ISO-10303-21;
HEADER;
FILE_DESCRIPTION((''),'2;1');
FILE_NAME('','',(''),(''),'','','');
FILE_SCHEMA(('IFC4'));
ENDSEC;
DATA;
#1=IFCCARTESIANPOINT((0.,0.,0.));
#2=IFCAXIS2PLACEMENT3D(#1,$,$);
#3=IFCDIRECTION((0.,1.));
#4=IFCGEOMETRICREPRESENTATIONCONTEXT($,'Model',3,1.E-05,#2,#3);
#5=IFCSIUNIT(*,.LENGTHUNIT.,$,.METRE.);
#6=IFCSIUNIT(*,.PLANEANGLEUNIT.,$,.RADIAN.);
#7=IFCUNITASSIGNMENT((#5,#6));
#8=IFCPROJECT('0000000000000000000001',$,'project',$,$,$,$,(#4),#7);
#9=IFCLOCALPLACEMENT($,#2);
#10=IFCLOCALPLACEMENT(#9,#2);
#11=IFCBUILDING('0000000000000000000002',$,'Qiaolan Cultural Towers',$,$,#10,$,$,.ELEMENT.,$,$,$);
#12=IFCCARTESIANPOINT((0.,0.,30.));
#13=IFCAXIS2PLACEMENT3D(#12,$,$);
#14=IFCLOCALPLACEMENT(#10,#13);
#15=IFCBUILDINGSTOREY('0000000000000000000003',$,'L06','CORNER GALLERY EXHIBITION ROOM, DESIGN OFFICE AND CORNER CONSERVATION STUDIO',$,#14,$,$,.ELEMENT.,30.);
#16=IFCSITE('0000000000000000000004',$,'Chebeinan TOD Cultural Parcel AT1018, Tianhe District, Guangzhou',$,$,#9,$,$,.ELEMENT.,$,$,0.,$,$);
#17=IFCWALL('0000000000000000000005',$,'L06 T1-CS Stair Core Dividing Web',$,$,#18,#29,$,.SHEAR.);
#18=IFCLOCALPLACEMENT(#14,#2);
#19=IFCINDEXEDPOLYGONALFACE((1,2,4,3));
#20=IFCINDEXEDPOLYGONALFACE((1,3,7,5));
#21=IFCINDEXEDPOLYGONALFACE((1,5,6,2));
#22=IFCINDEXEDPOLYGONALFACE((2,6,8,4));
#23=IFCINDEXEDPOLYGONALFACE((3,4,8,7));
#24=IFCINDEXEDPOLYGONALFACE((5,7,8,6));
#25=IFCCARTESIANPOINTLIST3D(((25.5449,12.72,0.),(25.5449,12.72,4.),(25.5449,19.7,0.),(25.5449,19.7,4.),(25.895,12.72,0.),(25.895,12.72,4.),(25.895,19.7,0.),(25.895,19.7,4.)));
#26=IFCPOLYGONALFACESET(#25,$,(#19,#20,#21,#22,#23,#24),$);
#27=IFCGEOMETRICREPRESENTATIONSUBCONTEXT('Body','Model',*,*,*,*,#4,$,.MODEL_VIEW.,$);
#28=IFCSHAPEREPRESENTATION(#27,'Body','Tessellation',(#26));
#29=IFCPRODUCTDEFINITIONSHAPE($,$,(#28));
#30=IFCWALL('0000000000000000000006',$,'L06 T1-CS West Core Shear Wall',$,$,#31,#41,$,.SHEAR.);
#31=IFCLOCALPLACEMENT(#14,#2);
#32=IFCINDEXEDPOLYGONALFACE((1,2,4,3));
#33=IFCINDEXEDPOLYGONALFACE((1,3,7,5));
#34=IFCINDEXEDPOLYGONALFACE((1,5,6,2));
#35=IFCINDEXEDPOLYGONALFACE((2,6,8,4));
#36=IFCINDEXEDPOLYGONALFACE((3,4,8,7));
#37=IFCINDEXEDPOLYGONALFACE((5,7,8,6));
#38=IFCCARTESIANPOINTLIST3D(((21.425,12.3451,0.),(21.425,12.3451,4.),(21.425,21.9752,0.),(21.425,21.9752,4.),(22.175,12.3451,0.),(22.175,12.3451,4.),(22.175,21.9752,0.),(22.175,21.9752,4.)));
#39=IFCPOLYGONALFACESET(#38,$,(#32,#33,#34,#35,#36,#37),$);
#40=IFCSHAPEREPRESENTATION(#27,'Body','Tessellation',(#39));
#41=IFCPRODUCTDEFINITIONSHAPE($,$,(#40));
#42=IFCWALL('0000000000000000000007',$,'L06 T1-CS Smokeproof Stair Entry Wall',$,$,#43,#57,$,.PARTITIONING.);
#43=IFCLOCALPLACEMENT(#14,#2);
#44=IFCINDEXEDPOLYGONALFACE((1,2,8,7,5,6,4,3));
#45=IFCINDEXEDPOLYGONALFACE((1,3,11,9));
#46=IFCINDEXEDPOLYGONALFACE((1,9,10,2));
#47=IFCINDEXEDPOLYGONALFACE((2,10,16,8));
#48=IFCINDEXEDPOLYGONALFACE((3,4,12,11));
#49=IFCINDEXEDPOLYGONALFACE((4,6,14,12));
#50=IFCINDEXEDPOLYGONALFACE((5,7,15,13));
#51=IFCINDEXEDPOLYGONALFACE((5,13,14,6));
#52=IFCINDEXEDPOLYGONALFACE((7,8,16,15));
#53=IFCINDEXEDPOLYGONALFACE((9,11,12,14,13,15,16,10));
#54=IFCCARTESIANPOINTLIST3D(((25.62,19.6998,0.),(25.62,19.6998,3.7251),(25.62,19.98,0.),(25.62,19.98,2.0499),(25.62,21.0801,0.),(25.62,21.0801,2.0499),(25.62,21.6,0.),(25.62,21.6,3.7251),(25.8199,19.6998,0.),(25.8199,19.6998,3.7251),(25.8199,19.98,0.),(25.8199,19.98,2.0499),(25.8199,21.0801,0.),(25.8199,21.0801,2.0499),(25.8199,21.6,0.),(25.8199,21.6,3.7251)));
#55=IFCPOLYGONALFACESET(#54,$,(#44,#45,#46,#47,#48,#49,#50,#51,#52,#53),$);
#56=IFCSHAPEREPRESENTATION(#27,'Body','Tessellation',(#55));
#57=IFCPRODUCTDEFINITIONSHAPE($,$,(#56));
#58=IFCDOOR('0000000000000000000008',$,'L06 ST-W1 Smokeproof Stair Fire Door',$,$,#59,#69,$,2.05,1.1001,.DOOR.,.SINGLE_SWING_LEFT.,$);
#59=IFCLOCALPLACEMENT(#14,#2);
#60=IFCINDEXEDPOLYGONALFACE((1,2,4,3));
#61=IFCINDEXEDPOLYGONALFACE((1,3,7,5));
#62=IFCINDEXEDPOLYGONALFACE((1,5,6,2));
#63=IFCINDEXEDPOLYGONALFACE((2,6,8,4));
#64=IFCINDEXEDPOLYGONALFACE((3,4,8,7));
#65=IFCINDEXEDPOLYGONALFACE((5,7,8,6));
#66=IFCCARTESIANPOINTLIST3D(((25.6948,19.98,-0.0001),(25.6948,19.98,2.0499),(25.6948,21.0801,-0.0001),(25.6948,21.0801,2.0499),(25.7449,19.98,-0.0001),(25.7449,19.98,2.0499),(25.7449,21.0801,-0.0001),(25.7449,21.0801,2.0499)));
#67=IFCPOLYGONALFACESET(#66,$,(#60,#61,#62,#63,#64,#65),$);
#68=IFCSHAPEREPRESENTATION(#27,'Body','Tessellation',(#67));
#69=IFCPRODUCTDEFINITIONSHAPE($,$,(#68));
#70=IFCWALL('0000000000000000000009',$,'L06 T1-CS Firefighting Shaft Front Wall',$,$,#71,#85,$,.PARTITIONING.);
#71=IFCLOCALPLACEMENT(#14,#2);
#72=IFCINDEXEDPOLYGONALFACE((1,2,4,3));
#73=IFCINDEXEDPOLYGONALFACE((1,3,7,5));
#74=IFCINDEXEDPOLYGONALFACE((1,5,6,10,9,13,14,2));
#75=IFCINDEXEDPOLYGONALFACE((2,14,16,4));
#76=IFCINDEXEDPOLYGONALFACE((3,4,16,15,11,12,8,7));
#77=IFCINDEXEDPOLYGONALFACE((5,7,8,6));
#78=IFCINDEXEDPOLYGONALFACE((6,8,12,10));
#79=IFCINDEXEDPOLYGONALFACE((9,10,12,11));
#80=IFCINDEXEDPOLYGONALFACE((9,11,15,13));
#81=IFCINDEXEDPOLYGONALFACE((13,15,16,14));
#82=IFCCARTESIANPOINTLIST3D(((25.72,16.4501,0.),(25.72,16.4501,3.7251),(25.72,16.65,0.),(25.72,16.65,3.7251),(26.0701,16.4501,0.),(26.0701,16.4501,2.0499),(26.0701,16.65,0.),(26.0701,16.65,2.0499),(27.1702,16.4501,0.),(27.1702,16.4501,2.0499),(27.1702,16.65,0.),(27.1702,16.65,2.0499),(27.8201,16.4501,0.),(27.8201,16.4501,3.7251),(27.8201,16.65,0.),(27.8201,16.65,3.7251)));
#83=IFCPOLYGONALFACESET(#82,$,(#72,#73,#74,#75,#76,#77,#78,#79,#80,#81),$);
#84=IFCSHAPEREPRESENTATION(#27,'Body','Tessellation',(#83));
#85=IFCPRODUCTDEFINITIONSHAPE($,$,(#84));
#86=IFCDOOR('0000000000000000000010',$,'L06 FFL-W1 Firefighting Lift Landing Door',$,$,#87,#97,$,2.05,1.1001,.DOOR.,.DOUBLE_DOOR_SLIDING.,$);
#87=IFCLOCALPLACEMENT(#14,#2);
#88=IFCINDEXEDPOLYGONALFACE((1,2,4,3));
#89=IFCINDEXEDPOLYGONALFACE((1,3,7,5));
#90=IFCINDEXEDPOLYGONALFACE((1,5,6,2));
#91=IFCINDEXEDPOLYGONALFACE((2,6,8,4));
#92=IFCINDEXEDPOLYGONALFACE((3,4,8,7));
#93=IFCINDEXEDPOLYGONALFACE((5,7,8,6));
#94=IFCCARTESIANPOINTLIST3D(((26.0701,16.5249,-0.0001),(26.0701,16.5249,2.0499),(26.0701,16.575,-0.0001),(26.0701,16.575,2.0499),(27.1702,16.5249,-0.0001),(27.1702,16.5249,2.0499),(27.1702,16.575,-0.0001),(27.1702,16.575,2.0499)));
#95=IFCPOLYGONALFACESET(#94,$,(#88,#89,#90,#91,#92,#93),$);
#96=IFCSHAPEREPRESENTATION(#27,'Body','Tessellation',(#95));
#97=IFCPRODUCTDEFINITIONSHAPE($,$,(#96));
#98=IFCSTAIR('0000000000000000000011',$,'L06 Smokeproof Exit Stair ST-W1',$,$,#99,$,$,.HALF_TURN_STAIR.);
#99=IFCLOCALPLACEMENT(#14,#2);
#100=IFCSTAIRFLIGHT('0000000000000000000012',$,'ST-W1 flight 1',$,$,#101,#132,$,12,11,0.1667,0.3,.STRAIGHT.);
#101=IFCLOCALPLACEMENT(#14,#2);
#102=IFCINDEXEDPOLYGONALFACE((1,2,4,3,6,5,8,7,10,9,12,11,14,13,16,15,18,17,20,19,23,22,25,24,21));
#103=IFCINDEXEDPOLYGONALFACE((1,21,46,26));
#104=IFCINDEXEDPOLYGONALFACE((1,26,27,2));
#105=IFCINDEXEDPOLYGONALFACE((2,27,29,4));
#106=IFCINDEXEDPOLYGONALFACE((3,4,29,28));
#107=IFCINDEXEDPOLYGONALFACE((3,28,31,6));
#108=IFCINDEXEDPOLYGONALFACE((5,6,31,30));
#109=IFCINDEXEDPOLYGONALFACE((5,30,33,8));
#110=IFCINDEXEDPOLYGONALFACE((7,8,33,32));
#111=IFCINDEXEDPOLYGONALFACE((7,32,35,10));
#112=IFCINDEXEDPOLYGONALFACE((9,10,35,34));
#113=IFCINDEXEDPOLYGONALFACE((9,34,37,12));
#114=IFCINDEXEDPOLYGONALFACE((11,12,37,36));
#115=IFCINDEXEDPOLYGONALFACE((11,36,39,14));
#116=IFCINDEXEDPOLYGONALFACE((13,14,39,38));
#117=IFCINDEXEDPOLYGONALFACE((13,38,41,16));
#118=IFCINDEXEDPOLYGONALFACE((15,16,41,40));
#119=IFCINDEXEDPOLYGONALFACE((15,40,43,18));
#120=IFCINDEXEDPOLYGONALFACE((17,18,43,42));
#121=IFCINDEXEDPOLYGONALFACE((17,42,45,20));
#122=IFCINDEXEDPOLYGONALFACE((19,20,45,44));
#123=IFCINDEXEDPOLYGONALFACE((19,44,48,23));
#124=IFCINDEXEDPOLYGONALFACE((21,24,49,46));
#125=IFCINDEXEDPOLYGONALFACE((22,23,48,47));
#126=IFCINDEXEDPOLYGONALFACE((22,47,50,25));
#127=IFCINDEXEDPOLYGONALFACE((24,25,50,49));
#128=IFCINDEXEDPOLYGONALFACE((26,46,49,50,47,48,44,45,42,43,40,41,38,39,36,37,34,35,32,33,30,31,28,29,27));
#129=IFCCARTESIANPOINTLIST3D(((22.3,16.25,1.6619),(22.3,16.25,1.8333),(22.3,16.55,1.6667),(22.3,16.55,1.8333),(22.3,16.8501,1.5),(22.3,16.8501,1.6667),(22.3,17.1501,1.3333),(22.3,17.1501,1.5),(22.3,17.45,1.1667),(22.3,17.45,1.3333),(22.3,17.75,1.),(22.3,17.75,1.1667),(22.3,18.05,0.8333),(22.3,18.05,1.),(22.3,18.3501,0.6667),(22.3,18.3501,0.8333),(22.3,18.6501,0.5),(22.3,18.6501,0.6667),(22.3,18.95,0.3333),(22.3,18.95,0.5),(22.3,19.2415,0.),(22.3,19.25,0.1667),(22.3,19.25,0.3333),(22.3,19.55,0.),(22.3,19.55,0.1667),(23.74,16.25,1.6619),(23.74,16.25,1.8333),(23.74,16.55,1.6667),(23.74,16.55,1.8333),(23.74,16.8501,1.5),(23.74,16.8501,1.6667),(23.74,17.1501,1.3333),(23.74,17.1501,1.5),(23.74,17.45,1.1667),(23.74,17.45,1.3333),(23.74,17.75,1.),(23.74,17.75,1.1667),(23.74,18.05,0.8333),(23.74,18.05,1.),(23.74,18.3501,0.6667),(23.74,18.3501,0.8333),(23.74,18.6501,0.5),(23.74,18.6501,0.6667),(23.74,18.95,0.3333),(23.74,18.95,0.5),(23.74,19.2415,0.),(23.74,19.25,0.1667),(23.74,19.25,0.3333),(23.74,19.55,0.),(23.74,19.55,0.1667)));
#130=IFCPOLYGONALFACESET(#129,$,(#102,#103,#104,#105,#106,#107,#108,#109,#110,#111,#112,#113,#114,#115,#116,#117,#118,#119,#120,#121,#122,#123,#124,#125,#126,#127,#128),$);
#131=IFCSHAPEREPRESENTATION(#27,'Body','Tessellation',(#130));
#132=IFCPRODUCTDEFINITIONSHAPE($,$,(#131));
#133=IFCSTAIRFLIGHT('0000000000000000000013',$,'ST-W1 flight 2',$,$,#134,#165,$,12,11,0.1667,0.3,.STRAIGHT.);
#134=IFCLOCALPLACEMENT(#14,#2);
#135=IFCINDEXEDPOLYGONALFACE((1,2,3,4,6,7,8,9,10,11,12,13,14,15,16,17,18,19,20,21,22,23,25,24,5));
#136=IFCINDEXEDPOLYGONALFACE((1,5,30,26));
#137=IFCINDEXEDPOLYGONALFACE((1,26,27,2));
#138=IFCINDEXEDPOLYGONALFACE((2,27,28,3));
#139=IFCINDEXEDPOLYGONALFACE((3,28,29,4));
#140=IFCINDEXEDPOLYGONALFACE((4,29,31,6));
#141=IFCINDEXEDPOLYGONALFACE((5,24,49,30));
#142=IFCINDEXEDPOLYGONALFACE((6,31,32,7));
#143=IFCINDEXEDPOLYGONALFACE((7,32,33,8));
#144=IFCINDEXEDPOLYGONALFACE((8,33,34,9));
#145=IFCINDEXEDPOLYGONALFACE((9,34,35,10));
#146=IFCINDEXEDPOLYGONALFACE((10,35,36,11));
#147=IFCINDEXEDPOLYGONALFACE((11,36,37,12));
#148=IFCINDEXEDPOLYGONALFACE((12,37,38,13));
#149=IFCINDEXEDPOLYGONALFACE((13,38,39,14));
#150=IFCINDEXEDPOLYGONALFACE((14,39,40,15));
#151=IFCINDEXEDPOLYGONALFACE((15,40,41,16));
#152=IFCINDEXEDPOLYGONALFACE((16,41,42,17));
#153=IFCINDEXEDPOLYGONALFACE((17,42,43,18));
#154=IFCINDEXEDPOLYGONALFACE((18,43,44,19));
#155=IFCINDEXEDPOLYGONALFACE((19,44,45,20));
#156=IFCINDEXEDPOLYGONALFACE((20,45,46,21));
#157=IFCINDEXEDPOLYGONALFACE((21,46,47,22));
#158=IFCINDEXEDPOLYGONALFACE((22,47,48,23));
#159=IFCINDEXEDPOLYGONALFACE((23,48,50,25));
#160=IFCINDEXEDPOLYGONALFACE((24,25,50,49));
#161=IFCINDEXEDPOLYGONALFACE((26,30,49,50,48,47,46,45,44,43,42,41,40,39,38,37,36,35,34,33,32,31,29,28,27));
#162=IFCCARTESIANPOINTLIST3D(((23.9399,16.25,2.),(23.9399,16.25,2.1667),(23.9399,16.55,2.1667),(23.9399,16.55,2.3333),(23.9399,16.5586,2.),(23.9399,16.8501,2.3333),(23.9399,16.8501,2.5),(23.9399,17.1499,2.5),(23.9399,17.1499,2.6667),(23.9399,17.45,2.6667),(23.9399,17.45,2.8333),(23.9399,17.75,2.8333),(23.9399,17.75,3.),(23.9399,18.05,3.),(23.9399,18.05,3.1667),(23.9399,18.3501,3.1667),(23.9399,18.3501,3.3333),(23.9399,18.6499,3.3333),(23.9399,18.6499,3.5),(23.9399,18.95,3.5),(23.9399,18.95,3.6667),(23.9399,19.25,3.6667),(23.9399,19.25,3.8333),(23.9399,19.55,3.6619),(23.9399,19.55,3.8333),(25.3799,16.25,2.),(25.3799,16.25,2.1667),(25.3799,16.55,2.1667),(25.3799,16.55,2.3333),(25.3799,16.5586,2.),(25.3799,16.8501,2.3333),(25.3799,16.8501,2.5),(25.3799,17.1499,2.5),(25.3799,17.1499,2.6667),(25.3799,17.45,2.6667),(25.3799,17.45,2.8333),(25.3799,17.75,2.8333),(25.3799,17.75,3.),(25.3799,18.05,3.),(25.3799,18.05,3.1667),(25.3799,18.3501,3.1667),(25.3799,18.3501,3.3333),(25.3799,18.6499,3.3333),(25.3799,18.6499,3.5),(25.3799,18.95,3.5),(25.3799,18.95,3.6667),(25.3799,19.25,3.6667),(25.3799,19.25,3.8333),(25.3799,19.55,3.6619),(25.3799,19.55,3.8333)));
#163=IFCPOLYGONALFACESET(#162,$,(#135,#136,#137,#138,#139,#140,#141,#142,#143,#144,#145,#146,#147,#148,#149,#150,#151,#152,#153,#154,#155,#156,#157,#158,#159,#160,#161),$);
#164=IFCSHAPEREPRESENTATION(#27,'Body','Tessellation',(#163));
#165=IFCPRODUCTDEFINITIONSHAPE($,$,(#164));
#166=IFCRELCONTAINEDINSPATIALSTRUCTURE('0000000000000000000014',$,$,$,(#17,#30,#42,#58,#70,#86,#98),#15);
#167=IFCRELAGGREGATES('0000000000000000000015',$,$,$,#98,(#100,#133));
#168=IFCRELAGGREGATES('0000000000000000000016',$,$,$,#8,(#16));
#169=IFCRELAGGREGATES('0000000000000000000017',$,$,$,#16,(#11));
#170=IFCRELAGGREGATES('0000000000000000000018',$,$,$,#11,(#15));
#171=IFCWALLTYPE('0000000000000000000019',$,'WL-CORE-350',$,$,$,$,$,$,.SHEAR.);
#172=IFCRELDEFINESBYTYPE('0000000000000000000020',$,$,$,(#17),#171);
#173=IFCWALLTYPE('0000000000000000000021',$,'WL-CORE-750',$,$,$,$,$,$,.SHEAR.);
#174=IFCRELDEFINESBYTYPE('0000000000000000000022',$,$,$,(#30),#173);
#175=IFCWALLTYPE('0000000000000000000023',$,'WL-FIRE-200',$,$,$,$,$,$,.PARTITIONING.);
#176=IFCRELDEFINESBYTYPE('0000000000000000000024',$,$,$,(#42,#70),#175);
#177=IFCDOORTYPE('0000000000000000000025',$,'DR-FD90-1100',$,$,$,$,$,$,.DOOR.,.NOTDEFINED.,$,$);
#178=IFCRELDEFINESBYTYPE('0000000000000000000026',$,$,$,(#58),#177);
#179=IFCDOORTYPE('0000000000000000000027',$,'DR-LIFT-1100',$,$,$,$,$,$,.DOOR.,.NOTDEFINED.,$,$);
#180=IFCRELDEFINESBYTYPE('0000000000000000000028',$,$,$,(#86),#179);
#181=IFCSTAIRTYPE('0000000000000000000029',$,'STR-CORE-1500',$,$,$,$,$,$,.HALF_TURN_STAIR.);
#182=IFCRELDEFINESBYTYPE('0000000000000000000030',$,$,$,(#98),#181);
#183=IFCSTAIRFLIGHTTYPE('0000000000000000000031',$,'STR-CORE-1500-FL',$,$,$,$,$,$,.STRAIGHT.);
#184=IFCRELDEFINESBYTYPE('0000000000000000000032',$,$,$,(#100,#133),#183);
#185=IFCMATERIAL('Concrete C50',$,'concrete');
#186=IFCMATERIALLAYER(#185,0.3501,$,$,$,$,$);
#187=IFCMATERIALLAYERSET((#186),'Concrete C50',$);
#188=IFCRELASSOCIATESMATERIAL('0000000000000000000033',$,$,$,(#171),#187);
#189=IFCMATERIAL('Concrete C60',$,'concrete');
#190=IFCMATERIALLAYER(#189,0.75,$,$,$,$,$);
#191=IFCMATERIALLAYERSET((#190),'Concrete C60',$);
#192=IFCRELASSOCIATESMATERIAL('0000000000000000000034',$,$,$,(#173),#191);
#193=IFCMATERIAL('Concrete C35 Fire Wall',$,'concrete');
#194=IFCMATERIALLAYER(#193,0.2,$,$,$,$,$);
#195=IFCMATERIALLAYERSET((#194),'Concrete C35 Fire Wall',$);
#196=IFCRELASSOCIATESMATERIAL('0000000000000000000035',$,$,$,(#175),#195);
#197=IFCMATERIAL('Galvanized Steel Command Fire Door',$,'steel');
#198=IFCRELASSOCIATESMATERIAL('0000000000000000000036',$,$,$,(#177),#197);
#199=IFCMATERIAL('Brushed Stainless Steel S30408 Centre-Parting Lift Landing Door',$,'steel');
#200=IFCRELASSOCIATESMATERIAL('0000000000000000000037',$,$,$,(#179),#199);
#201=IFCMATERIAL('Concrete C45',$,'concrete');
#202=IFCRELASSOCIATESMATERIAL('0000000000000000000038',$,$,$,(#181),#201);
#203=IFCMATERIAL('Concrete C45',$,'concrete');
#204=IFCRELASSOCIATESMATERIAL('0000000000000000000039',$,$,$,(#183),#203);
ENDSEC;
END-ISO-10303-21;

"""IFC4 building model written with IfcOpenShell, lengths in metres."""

from ifc_helpers import new_model, si_unit, direction, frame, frame_2d, origin, place, context, subcontext, project, spatial, polyline, rectangle, outline, extrude, material, layer, layer_set, type_object, element, fill, aggregate, save


model = new_model("IFC4")

# Units and contexts
model_context = context("Model", 3, precision=1e-05, world=origin(), true_north=direction((0.0, 1.0)))
body_context = subcontext(model_context, "Body", "Model", "MODEL_VIEW")
ifc_project = project(units=[si_unit("LENGTHUNIT", "METRE"), si_unit("PLANEANGLEUNIT", "RADIAN")], contexts=[model_context])

# Site, building, storey
site_placement = place(None, origin())
site = spatial("IfcSite", under=ifc_project, at=site_placement, Name="Chebeinan TOD Cultural Parcel AT1018, Tianhe District, Guangzhou", CompositionType="ELEMENT", RefElevation=0.0)
building_placement = place(site_placement, origin())
building = spatial("IfcBuilding", under=site, at=building_placement, Name="Qiaolan Cultural Towers", CompositionType="ELEMENT")
storey_placement = place(building_placement, frame((0.0, 0.0, 30.0)))
storey = spatial("IfcBuildingStorey", under=building, at=storey_placement, Name="L06", Description="CORNER GALLERY EXHIBITION ROOM, DESIGN OFFICE AND CORNER CONSERVATION STUDIO", CompositionType="ELEMENT", Elevation=30.0)

# Walls
ifc_material_1 = material(Name="Concrete C50", Category="concrete")
ifc_layer_1 = layer(ifc_material_1, 0.3501)
ifc_layer_set_1 = layer_set([ifc_layer_1], Name="Concrete C50")
wall_type_1 = type_object("IfcWallType", Name="WL-CORE-350", PredefinedType="SHEAR", material=ifc_layer_set_1)
wall_1_placement = place(storey_placement, frame((25.72, 19.7, 0.0), z_axis=(0.0, 0.0, 1.0), x_axis=(0.0, -1.0, 0.0)))
element("IfcWall", 1, at=wall_1_placement, inside=storey, type_object=wall_type_1, Name="L06 T1-CS Stair Core Dividing Web", PredefinedType="SHEAR", context=body_context, shape_type="SweptSolid", body=[
    extrude(rectangle(XDim=6.98, YDim=0.3501, at=frame_2d((3.49, 0.0))), origin(), (0.0, 0.0, 1.0), 4.0),
])
ifc_material_2 = material(Name="Concrete C60", Category="concrete")
ifc_layer_2 = layer(ifc_material_2, 0.75)
ifc_layer_set_2 = layer_set([ifc_layer_2], Name="Concrete C60")
wall_type_2 = type_object("IfcWallType", Name="WL-CORE-750", PredefinedType="SHEAR", material=ifc_layer_set_2)
wall_2_placement = place(storey_placement, frame((21.8, 21.9751, 0.0), z_axis=(0.0, 0.0, 1.0), x_axis=(0.0, -1.0, 0.0)))
element("IfcWall", 2, at=wall_2_placement, inside=storey, type_object=wall_type_2, Name="L06 T1-CS West Core Shear Wall", PredefinedType="SHEAR", context=body_context, shape_type="SweptSolid", body=[
    extrude(rectangle(XDim=9.6301, YDim=0.75, at=frame_2d((4.8149, 0.0))), origin(), (0.0, 0.0, 1.0), 4.0),
])

# Walls, openings, doors
ifc_material_3 = material(Name="Concrete C35 Fire Wall", Category="concrete")
ifc_layer_3 = layer(ifc_material_3, 0.2)
ifc_layer_set_3 = layer_set([ifc_layer_3], Name="Concrete C35 Fire Wall")
wall_type_3 = type_object("IfcWallType", Name="WL-FIRE-200", PredefinedType="PARTITIONING", material=ifc_layer_set_3)
wall_3_placement = place(storey_placement, frame((25.72, 21.6001, 0.0), z_axis=(0.0, 0.0, 1.0), x_axis=(0.0, -1.0, 0.0)))
wall_3 = element("IfcWall", 3, at=wall_3_placement, inside=storey, type_object=wall_type_3, Name="L06 T1-CS Smokeproof Stair Entry Wall", PredefinedType="PARTITIONING", context=body_context, shape_type="SweptSolid", body=[
    extrude(rectangle(XDim=1.9001, YDim=0.2, at=frame_2d((0.9502, 0.0))), origin(), (0.0, 0.0, 1.0), 3.7251),
])
opening_1_placement = place(wall_3_placement, frame((0.52, 0.0, 0.0)))
opening_1 = element("IfcOpeningElement", 4, at=opening_1_placement, cuts=wall_3, PredefinedType="OPENING", context=body_context, shape_type="SweptSolid", body=[
    extrude(rectangle(XDim=1.1001, YDim=2.05, at=frame_2d((0.55, 1.0249))), frame((0.0, 0.1099, 0.0), z_axis=(0.0, -1.0, 0.0), x_axis=(1.0, 0.0, 0.0)), (0.0, 0.0, 1.0), 0.22),
])
ifc_material_4 = material(Name="Galvanized Steel Command Fire Door", Category="steel")
door_type_1 = type_object("IfcDoorType", Name="DR-FD90-1100", OperationType="NOTDEFINED", PredefinedType="DOOR", material=ifc_material_4)
door_1_placement = place(opening_1_placement, origin())
door_1 = element("IfcDoor", 5, at=door_1_placement, inside=storey, type_object=door_type_1, Name="L06 ST-W1 Smokeproof Stair Fire Door", OperationType="SINGLE_SWING_LEFT", OverallHeight=2.05, OverallWidth=1.1001, PredefinedType="DOOR", context=body_context, shape_type="SweptSolid", body=[
    extrude(rectangle(XDim=1.1001, YDim=2.05, at=frame_2d((0.55, 1.0249))), frame((0.0, 0.0249, 0.0), z_axis=(0.0, -1.0, 0.0), x_axis=(1.0, 0.0, 0.0)), (0.0, 0.0, 1.0), 0.05),
])
fill(opening_1, door_1)
wall_4_placement = place(storey_placement, frame((25.72, 16.55, 0.0), z_axis=(0.0, 0.0, 1.0), x_axis=(1.0, 0.0, 0.0)))
wall_4 = element("IfcWall", 6, at=wall_4_placement, inside=storey, type_object=wall_type_3, Name="L06 T1-CS Firefighting Shaft Front Wall", PredefinedType="PARTITIONING", context=body_context, shape_type="SweptSolid", body=[
    extrude(rectangle(XDim=2.1001, YDim=0.2, at=frame_2d((1.05, 0.0))), origin(), (0.0, 0.0, 1.0), 3.7251),
])
opening_2_placement = place(wall_4_placement, frame((0.3501, 0.0, 0.0)))
opening_2 = element("IfcOpeningElement", 7, at=opening_2_placement, cuts=wall_4, PredefinedType="OPENING", context=body_context, shape_type="SweptSolid", body=[
    extrude(rectangle(XDim=1.1001, YDim=2.05, at=frame_2d((0.55, 1.0249))), frame((0.0, 0.1099, 0.0), z_axis=(0.0, -1.0, 0.0), x_axis=(1.0, 0.0, 0.0)), (0.0, 0.0, 1.0), 0.22),
])
ifc_material_5 = material(Name="Brushed Stainless Steel S30408 Centre-Parting Lift Landing Door", Category="steel")
door_type_2 = type_object("IfcDoorType", Name="DR-LIFT-1100", OperationType="NOTDEFINED", PredefinedType="DOOR", material=ifc_material_5)
door_2_placement = place(opening_2_placement, origin())
door_2 = element("IfcDoor", 8, at=door_2_placement, inside=storey, type_object=door_type_2, Name="L06 FFL-W1 Firefighting Lift Landing Door", OperationType="DOUBLE_DOOR_SLIDING", OverallHeight=2.05, OverallWidth=1.1001, PredefinedType="DOOR", context=body_context, shape_type="SweptSolid", body=[
    extrude(rectangle(XDim=1.1001, YDim=2.05, at=frame_2d((0.55, 1.0249))), frame((0.0, 0.0249, 0.0), z_axis=(0.0, -1.0, 0.0), x_axis=(1.0, 0.0, 0.0)), (0.0, 0.0, 1.0), 0.05),
])
fill(opening_2, door_2)

# Stair, stair flights
ifc_material_6 = material(Name="Concrete C45", Category="concrete")
stair_type = type_object("IfcStairType", Name="STR-CORE-1500", PredefinedType="HALF_TURN_STAIR", material=ifc_material_6)
stair_placement = place(storey_placement, origin())
stair = element("IfcStair", 9, at=stair_placement, inside=storey, type_object=stair_type, Name="L06 Smokeproof Exit Stair ST-W1", PredefinedType="HALF_TURN_STAIR")
ifc_material_7 = material(Name="Concrete C45", Category="concrete")
stair_flight_type = type_object("IfcStairFlightType", Name="STR-CORE-1500-FL", PredefinedType="STRAIGHT", material=ifc_material_7)
stair_flight_1_placement = place(storey_placement, frame((23.02, 19.55, 0.0), z_axis=(0.0, 0.0, 1.0), x_axis=(0.0, -1.0, 0.0)))
stair_flight_1 = element("IfcStairFlight", 10, at=stair_flight_1_placement, type_object=stair_flight_type, Name="ST-W1 flight 1", NumberOfRisers=12, NumberOfTreads=11, PredefinedType="STRAIGHT", RiserHeight=0.1667, TreadLength=0.3, context=body_context, shape_type="SweptSolid", body=[
    extrude(outline(polyline([(0.0, 0.0), (0.0, 0.1667), (0.3, 0.1667), (0.3, 0.3333), (0.6001, 0.3333), (0.6001, 0.5), (0.8999, 0.5), (0.8999, 0.6667), (1.2, 0.6667), (1.2, 0.8333), (1.5, 0.8333), (1.5, 1.0), (1.8, 1.0), (1.8, 1.1667), (2.1001, 1.1667), (2.1001, 1.3333), (2.3999, 1.3333), (2.3999, 1.5), (2.7, 1.5), (2.7, 1.6667), (3.0, 1.6667), (3.0, 1.8333), (3.3, 1.8333), (3.3, 2.0), (3.3, 1.6619), (0.3086, 0.0), (0.0, 0.0)])), frame((0.0, 0.72, 0.0), z_axis=(0.0, -1.0, 0.0), x_axis=(1.0, 0.0, 0.0)), (0.0, 0.0, 1.0), 1.4399),
])
stair_flight_2_placement = place(storey_placement, frame((24.6599, 16.25, 2.0), z_axis=(0.0, 0.0, 1.0), x_axis=(0.0, 1.0, 0.0)))
stair_flight_2 = element("IfcStairFlight", 11, at=stair_flight_2_placement, type_object=stair_flight_type, Name="ST-W1 flight 2", NumberOfRisers=12, NumberOfTreads=11, PredefinedType="STRAIGHT", RiserHeight=0.1667, TreadLength=0.3, context=body_context, shape_type="SweptSolid", body=[
    extrude(outline(polyline([(0.0, 0.0), (0.0, 0.1667), (0.3, 0.1667), (0.3, 0.3333), (0.6001, 0.3333), (0.6001, 0.5), (0.8999, 0.5), (0.8999, 0.6667), (1.2, 0.6667), (1.2, 0.8333), (1.5, 0.8333), (1.5, 1.0), (1.8, 1.0), (1.8, 1.1667), (2.1001, 1.1667), (2.1001, 1.3333), (2.3999, 1.3333), (2.3999, 1.5), (2.7, 1.5), (2.7, 1.6667), (3.0, 1.6667), (3.0, 1.8333), (3.3, 1.8333), (3.3, 2.0), (3.3, 1.6619), (0.3086, 0.0), (0.0, 0.0)])), frame((0.0, 0.72, 0.0), z_axis=(0.0, -1.0, 0.0), x_axis=(1.0, 0.0, 0.0)), (0.0, 0.0, 1.0), 1.4399),
])
aggregate(stair, [stair_flight_1, stair_flight_2])

save(model, "model.ifc")
